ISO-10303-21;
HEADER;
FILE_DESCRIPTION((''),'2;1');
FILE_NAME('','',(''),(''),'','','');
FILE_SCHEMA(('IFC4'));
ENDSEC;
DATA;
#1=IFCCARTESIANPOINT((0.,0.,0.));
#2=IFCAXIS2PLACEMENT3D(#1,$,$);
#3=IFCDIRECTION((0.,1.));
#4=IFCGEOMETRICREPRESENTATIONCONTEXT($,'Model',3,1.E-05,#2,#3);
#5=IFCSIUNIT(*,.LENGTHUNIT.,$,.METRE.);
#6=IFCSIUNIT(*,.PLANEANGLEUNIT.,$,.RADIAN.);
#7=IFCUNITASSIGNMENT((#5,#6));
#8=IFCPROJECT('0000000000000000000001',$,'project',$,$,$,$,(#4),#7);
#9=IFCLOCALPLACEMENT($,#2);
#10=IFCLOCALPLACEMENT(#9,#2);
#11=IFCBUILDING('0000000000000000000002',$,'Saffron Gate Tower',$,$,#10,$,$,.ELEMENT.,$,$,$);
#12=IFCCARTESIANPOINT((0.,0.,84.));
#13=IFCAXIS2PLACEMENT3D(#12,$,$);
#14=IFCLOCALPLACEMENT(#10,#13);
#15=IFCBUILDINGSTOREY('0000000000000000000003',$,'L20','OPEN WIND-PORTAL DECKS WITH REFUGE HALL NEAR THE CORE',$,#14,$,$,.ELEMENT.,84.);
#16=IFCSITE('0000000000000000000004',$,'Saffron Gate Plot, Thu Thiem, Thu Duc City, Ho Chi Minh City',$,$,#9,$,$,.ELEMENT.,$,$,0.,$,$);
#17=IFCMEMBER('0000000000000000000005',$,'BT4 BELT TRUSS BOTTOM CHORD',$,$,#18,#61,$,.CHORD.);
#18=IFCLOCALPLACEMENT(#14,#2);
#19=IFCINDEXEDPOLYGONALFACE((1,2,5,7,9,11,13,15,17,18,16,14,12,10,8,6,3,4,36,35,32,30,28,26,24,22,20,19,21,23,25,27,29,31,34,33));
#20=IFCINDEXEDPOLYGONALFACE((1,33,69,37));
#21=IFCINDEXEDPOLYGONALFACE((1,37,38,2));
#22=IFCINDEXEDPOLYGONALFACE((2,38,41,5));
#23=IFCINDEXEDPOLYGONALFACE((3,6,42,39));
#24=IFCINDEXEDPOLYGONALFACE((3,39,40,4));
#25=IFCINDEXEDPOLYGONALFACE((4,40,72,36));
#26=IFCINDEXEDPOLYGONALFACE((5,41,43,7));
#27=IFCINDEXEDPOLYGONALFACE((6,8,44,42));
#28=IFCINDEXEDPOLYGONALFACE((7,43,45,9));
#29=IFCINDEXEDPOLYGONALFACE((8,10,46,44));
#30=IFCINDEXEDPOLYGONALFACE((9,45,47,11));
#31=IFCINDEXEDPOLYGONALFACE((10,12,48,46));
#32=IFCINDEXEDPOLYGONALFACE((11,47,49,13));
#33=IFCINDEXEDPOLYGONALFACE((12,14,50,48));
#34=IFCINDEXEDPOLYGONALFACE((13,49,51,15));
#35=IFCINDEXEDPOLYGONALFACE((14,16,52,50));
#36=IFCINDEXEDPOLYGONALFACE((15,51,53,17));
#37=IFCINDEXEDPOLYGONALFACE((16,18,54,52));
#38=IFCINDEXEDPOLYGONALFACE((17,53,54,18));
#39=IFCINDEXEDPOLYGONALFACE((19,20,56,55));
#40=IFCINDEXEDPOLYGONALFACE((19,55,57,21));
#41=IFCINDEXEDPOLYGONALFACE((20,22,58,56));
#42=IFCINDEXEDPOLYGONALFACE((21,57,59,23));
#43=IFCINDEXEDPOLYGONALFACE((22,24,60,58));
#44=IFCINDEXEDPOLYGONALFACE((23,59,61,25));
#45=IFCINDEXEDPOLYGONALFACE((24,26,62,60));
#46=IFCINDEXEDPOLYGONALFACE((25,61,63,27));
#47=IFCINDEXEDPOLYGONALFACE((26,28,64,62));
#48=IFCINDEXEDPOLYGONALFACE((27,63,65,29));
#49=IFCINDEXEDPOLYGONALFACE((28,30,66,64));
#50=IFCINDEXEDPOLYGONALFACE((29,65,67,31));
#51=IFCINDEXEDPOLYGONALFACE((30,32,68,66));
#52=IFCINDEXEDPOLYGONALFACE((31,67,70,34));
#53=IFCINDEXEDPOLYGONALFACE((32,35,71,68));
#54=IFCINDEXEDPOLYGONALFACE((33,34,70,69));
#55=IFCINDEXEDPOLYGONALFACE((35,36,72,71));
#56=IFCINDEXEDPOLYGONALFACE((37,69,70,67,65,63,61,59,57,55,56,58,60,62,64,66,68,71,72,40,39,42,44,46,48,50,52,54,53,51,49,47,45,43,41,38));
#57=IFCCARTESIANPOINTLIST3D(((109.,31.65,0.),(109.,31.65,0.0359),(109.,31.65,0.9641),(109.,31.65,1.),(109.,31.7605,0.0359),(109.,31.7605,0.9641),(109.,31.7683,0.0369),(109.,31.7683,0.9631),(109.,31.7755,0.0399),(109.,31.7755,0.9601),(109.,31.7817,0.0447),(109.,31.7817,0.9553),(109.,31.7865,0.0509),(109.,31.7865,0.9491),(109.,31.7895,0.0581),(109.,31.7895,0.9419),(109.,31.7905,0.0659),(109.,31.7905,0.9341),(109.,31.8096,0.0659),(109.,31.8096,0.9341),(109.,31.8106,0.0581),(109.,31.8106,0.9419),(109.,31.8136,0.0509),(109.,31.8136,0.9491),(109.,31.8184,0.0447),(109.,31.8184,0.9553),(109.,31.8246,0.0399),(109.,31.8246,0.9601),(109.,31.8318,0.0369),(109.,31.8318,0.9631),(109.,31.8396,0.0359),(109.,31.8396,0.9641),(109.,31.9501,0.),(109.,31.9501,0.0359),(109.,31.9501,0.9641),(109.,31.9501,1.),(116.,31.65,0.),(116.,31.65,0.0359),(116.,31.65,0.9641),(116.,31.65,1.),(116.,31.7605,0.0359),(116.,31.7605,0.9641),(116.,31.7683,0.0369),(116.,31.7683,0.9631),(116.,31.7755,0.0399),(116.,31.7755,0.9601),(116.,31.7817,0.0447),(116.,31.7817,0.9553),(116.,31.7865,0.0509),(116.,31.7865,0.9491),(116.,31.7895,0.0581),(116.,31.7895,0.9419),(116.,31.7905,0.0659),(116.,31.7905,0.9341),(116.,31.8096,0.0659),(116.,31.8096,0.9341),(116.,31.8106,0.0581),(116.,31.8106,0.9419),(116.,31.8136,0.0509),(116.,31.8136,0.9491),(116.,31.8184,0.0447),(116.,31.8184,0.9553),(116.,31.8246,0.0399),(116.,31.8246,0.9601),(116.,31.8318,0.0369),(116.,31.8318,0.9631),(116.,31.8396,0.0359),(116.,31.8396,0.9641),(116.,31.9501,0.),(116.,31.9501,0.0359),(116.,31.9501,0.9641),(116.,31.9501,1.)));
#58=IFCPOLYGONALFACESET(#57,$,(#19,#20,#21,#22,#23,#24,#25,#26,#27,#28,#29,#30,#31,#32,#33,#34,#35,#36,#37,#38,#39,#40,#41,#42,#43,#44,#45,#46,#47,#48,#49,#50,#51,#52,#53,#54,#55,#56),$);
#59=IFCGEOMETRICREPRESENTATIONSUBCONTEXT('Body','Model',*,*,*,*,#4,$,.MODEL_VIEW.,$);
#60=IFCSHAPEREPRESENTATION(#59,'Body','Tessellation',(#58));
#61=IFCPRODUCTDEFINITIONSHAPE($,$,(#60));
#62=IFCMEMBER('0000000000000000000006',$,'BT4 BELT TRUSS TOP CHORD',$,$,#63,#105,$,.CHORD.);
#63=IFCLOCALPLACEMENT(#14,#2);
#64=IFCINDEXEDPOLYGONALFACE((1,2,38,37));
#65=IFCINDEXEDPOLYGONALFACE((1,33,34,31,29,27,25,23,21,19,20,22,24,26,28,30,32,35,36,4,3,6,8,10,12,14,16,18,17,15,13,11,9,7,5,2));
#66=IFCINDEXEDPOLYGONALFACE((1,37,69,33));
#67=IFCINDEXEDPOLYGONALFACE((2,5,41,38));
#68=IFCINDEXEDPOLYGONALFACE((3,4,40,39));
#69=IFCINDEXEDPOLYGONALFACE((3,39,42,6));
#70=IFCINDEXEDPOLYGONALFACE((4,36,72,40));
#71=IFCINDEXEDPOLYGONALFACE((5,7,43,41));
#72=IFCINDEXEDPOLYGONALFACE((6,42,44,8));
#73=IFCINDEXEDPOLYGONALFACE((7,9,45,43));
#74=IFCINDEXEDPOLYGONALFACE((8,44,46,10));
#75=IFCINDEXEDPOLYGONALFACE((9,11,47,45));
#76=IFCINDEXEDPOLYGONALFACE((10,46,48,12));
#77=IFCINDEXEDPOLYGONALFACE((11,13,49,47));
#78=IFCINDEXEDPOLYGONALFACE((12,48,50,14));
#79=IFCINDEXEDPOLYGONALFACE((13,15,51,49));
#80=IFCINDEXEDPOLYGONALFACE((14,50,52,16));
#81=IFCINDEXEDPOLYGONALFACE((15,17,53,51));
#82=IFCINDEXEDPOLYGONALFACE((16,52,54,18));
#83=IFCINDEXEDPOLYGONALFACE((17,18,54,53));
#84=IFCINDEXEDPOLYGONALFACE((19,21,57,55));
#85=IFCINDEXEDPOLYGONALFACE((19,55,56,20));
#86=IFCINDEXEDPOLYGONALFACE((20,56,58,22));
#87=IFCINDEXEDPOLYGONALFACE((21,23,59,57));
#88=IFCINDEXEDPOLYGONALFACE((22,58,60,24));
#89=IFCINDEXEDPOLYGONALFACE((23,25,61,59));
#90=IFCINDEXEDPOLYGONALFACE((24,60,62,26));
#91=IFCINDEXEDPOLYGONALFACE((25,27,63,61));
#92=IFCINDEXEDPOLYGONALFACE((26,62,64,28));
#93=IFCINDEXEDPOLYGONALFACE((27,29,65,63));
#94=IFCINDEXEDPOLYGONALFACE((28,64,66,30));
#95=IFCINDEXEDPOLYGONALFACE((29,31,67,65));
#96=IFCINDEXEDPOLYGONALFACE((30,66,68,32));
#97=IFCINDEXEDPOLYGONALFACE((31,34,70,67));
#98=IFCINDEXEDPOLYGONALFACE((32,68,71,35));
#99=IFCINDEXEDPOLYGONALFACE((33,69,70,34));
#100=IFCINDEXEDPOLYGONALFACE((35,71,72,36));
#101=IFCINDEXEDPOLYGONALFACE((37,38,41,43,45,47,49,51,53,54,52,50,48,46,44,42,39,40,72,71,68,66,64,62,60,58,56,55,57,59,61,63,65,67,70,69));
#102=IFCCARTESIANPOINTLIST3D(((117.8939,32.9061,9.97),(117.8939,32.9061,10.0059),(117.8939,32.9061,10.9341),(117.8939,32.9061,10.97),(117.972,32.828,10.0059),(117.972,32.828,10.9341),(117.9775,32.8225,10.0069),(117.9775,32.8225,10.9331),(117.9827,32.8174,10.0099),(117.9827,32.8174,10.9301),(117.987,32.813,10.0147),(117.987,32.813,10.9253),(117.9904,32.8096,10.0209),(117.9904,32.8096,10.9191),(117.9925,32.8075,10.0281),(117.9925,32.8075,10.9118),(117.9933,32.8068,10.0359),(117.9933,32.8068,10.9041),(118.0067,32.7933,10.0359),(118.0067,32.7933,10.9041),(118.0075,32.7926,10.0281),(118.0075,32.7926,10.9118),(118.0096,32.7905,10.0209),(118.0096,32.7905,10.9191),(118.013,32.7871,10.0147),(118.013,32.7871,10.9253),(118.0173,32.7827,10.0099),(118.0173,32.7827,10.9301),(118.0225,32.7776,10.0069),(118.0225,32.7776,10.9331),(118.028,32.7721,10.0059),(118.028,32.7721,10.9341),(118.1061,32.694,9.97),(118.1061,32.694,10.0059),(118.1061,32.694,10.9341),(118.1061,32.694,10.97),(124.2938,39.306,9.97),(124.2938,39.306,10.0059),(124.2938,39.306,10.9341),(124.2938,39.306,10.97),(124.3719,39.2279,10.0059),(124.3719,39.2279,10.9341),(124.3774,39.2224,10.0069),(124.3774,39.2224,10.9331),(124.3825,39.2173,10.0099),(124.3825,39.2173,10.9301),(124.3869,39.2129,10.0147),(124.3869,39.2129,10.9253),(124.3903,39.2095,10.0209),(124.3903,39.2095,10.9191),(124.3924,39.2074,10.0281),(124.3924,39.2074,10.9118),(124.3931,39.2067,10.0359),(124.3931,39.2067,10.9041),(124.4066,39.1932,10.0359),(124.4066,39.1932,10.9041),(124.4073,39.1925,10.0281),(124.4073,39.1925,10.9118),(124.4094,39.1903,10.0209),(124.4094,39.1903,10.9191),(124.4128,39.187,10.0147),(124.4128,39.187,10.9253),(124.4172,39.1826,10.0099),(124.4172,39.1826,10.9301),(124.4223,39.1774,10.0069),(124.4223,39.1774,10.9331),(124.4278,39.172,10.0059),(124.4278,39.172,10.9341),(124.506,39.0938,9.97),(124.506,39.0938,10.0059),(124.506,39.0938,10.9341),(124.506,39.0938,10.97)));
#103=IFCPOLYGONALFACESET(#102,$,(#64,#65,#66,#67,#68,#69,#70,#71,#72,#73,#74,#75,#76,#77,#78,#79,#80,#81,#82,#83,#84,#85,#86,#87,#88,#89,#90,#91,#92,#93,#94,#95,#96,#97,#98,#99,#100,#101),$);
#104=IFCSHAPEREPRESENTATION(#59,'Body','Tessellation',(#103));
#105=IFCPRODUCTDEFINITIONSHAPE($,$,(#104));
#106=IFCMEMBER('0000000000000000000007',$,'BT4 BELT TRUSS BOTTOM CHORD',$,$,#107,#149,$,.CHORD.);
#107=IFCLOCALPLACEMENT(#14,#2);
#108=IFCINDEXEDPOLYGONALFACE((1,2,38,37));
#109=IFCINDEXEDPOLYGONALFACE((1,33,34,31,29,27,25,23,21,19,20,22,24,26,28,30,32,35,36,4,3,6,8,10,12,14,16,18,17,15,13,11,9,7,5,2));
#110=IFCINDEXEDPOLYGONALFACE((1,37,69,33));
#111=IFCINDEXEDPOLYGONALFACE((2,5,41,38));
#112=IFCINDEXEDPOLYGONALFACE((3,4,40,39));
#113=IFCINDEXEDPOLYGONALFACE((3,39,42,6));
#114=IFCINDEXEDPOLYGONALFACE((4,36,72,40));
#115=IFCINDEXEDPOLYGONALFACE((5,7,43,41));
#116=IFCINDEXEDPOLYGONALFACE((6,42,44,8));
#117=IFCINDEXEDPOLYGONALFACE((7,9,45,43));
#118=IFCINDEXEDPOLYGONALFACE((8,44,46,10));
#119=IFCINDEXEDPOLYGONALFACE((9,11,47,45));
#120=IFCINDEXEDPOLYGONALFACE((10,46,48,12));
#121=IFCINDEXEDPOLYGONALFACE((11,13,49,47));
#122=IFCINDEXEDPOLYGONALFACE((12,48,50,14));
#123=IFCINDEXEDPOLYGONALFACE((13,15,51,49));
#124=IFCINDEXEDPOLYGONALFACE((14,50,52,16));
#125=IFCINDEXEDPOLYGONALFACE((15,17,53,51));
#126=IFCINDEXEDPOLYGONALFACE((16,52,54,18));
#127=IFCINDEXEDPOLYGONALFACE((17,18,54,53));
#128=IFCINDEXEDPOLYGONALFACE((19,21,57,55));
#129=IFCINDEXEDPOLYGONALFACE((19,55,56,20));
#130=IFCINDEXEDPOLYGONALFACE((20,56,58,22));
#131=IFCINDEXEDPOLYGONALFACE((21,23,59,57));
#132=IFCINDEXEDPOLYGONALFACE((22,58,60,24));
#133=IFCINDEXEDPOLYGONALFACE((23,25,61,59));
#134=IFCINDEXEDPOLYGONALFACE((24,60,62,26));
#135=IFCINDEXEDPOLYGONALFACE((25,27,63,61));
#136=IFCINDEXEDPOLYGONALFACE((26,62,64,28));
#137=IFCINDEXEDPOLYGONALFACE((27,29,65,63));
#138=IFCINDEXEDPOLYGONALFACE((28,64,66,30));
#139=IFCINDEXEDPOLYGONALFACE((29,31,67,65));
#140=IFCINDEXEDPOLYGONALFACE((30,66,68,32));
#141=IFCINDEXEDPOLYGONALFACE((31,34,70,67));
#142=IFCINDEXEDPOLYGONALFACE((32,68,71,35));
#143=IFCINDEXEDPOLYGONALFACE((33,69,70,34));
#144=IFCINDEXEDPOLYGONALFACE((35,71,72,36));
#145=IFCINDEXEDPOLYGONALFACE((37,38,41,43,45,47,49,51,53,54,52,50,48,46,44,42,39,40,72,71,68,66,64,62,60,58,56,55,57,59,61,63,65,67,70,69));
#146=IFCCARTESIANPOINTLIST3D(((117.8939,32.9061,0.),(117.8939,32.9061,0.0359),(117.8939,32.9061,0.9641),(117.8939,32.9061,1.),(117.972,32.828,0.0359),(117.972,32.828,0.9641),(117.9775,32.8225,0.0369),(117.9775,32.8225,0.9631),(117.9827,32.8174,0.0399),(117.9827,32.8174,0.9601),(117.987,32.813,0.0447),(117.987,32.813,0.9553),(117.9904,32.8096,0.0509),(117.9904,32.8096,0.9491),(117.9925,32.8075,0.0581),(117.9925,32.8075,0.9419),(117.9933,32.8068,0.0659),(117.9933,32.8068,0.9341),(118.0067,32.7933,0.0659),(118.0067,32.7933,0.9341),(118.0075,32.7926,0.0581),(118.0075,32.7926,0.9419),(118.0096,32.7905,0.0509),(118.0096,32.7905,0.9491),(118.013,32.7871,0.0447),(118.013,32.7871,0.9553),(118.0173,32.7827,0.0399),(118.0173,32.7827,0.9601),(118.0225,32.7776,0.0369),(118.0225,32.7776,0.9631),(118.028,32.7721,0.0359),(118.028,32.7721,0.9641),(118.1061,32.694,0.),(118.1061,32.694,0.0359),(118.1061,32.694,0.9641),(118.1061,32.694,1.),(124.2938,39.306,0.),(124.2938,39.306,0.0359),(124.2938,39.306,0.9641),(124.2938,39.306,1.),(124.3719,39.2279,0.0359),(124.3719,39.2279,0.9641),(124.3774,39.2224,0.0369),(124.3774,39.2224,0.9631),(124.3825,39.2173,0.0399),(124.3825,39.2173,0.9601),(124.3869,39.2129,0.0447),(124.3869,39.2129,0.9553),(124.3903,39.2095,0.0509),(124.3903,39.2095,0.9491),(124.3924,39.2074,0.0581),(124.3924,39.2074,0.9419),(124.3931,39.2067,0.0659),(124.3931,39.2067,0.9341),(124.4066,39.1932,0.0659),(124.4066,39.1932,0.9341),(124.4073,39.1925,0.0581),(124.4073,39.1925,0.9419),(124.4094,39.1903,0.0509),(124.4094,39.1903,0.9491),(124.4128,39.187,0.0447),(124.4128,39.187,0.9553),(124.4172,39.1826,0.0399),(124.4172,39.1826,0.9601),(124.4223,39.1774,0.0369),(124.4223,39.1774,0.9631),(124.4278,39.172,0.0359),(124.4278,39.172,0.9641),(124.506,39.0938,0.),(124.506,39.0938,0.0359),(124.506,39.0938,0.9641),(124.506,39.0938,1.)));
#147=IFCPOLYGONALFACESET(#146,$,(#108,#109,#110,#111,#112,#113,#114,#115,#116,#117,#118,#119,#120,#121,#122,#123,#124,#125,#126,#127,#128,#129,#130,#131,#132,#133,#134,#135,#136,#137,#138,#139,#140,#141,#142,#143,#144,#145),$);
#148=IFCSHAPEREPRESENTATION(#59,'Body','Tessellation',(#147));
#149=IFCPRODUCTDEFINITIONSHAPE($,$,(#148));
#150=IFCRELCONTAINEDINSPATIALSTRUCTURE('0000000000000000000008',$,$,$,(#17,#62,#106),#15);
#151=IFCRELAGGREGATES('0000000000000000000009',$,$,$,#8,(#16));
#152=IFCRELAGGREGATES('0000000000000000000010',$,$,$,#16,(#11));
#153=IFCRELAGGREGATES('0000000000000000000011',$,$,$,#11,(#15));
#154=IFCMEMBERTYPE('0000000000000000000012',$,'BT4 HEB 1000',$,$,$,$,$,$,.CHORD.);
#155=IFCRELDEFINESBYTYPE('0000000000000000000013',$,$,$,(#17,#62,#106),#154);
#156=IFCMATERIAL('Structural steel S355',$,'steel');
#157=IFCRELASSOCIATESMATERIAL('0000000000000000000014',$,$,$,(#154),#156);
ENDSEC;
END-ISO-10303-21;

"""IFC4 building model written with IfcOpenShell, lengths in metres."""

from ifc_helpers import new_model, si_unit, direction, frame, origin, origin_2d, place, context, subcontext, project, spatial, i_section, extrude, material, material_profile, profile_set, type_object, element, save


model = new_model("IFC4")

# Units and contexts
model_context = context("Model", 3, precision=1e-05, world=origin(), true_north=direction((0.0, 1.0)))
body_context = subcontext(model_context, "Body", "Model", "MODEL_VIEW")
ifc_project = project(units=[si_unit("LENGTHUNIT", "METRE"), si_unit("PLANEANGLEUNIT", "RADIAN")], contexts=[model_context])

# Site, building, storey
site_placement = place(None, origin())
site = spatial("IfcSite", under=ifc_project, at=site_placement, Name="Saffron Gate Plot, Thu Thiem, Thu Duc City, Ho Chi Minh City", CompositionType="ELEMENT", RefElevation=0.0)
building_placement = place(site_placement, origin())
building = spatial("IfcBuilding", under=site, at=building_placement, Name="Saffron Gate Tower", CompositionType="ELEMENT")
storey_placement = place(building_placement, frame((0.0, 0.0, 84.0)))
storey = spatial("IfcBuildingStorey", under=building, at=storey_placement, Name="L20", Description="OPEN WIND-PORTAL DECKS WITH REFUGE HALL NEAR THE CORE", CompositionType="ELEMENT", Elevation=84.0)

# Shared definitions
ifc_material_1 = material(Name="Structural steel S355", Category="steel")

# Members
ifc_material_profile_1 = material_profile(ifc_material_1, i_section(OverallWidth=0.3, OverallDepth=1.0, WebThickness=0.019, FlangeThickness=0.0359, FilletRadius=0.03, at=origin_2d()))
ifc_profile_set_1 = profile_set([ifc_material_profile_1], Name="Structural steel S355")
member_type_1 = type_object("IfcMemberType", Name="BT4 HEB 1000", PredefinedType="CHORD", material=ifc_profile_set_1)
for number, where, z_axis, x_axis, name in (
    (1, (109.0, 31.8, 0.5), (1.0, 0.0, 0.0), (0.0, 1.0, 0.0), "BT4 BELT TRUSS BOTTOM CHORD"),
):
    element("IfcMember", number, at=place(storey_placement, frame(where, z_axis=z_axis, x_axis=x_axis)), inside=storey, type_object=member_type_1, Name=name, PredefinedType="CHORD", context=body_context, shape_type="SweptSolid", body=[
        extrude(i_section(OverallWidth=0.3, OverallDepth=1.0, WebThickness=0.019, FlangeThickness=0.0359, FilletRadius=0.03, at=origin_2d()), origin(), (0.0, 0.0, 1.0), 7.0),
    ])
for number, where, z_axis, x_axis, name in (
    (2, (118.0, 32.8, 10.47), (0.707107, 0.707107, 0.0), (-0.707107, 0.707107, 0.0), "BT4 BELT TRUSS TOP CHORD"),
    (3, (118.0, 32.8, 0.5), (0.707107, 0.707107, 0.0), (-0.707107, 0.707107, 0.0), "BT4 BELT TRUSS BOTTOM CHORD"),
):
    element("IfcMember", number, at=place(storey_placement, frame(where, z_axis=z_axis, x_axis=x_axis)), inside=storey, type_object=member_type_1, Name=name, PredefinedType="CHORD", context=body_context, shape_type="SweptSolid", body=[
        extrude(i_section(OverallWidth=0.3, OverallDepth=1.0, WebThickness=0.019, FlangeThickness=0.0359, FilletRadius=0.03, at=origin_2d()), origin(), (0.0, 0.0, 1.0), 9.0508),
    ])

save(model, "model.ifc")
